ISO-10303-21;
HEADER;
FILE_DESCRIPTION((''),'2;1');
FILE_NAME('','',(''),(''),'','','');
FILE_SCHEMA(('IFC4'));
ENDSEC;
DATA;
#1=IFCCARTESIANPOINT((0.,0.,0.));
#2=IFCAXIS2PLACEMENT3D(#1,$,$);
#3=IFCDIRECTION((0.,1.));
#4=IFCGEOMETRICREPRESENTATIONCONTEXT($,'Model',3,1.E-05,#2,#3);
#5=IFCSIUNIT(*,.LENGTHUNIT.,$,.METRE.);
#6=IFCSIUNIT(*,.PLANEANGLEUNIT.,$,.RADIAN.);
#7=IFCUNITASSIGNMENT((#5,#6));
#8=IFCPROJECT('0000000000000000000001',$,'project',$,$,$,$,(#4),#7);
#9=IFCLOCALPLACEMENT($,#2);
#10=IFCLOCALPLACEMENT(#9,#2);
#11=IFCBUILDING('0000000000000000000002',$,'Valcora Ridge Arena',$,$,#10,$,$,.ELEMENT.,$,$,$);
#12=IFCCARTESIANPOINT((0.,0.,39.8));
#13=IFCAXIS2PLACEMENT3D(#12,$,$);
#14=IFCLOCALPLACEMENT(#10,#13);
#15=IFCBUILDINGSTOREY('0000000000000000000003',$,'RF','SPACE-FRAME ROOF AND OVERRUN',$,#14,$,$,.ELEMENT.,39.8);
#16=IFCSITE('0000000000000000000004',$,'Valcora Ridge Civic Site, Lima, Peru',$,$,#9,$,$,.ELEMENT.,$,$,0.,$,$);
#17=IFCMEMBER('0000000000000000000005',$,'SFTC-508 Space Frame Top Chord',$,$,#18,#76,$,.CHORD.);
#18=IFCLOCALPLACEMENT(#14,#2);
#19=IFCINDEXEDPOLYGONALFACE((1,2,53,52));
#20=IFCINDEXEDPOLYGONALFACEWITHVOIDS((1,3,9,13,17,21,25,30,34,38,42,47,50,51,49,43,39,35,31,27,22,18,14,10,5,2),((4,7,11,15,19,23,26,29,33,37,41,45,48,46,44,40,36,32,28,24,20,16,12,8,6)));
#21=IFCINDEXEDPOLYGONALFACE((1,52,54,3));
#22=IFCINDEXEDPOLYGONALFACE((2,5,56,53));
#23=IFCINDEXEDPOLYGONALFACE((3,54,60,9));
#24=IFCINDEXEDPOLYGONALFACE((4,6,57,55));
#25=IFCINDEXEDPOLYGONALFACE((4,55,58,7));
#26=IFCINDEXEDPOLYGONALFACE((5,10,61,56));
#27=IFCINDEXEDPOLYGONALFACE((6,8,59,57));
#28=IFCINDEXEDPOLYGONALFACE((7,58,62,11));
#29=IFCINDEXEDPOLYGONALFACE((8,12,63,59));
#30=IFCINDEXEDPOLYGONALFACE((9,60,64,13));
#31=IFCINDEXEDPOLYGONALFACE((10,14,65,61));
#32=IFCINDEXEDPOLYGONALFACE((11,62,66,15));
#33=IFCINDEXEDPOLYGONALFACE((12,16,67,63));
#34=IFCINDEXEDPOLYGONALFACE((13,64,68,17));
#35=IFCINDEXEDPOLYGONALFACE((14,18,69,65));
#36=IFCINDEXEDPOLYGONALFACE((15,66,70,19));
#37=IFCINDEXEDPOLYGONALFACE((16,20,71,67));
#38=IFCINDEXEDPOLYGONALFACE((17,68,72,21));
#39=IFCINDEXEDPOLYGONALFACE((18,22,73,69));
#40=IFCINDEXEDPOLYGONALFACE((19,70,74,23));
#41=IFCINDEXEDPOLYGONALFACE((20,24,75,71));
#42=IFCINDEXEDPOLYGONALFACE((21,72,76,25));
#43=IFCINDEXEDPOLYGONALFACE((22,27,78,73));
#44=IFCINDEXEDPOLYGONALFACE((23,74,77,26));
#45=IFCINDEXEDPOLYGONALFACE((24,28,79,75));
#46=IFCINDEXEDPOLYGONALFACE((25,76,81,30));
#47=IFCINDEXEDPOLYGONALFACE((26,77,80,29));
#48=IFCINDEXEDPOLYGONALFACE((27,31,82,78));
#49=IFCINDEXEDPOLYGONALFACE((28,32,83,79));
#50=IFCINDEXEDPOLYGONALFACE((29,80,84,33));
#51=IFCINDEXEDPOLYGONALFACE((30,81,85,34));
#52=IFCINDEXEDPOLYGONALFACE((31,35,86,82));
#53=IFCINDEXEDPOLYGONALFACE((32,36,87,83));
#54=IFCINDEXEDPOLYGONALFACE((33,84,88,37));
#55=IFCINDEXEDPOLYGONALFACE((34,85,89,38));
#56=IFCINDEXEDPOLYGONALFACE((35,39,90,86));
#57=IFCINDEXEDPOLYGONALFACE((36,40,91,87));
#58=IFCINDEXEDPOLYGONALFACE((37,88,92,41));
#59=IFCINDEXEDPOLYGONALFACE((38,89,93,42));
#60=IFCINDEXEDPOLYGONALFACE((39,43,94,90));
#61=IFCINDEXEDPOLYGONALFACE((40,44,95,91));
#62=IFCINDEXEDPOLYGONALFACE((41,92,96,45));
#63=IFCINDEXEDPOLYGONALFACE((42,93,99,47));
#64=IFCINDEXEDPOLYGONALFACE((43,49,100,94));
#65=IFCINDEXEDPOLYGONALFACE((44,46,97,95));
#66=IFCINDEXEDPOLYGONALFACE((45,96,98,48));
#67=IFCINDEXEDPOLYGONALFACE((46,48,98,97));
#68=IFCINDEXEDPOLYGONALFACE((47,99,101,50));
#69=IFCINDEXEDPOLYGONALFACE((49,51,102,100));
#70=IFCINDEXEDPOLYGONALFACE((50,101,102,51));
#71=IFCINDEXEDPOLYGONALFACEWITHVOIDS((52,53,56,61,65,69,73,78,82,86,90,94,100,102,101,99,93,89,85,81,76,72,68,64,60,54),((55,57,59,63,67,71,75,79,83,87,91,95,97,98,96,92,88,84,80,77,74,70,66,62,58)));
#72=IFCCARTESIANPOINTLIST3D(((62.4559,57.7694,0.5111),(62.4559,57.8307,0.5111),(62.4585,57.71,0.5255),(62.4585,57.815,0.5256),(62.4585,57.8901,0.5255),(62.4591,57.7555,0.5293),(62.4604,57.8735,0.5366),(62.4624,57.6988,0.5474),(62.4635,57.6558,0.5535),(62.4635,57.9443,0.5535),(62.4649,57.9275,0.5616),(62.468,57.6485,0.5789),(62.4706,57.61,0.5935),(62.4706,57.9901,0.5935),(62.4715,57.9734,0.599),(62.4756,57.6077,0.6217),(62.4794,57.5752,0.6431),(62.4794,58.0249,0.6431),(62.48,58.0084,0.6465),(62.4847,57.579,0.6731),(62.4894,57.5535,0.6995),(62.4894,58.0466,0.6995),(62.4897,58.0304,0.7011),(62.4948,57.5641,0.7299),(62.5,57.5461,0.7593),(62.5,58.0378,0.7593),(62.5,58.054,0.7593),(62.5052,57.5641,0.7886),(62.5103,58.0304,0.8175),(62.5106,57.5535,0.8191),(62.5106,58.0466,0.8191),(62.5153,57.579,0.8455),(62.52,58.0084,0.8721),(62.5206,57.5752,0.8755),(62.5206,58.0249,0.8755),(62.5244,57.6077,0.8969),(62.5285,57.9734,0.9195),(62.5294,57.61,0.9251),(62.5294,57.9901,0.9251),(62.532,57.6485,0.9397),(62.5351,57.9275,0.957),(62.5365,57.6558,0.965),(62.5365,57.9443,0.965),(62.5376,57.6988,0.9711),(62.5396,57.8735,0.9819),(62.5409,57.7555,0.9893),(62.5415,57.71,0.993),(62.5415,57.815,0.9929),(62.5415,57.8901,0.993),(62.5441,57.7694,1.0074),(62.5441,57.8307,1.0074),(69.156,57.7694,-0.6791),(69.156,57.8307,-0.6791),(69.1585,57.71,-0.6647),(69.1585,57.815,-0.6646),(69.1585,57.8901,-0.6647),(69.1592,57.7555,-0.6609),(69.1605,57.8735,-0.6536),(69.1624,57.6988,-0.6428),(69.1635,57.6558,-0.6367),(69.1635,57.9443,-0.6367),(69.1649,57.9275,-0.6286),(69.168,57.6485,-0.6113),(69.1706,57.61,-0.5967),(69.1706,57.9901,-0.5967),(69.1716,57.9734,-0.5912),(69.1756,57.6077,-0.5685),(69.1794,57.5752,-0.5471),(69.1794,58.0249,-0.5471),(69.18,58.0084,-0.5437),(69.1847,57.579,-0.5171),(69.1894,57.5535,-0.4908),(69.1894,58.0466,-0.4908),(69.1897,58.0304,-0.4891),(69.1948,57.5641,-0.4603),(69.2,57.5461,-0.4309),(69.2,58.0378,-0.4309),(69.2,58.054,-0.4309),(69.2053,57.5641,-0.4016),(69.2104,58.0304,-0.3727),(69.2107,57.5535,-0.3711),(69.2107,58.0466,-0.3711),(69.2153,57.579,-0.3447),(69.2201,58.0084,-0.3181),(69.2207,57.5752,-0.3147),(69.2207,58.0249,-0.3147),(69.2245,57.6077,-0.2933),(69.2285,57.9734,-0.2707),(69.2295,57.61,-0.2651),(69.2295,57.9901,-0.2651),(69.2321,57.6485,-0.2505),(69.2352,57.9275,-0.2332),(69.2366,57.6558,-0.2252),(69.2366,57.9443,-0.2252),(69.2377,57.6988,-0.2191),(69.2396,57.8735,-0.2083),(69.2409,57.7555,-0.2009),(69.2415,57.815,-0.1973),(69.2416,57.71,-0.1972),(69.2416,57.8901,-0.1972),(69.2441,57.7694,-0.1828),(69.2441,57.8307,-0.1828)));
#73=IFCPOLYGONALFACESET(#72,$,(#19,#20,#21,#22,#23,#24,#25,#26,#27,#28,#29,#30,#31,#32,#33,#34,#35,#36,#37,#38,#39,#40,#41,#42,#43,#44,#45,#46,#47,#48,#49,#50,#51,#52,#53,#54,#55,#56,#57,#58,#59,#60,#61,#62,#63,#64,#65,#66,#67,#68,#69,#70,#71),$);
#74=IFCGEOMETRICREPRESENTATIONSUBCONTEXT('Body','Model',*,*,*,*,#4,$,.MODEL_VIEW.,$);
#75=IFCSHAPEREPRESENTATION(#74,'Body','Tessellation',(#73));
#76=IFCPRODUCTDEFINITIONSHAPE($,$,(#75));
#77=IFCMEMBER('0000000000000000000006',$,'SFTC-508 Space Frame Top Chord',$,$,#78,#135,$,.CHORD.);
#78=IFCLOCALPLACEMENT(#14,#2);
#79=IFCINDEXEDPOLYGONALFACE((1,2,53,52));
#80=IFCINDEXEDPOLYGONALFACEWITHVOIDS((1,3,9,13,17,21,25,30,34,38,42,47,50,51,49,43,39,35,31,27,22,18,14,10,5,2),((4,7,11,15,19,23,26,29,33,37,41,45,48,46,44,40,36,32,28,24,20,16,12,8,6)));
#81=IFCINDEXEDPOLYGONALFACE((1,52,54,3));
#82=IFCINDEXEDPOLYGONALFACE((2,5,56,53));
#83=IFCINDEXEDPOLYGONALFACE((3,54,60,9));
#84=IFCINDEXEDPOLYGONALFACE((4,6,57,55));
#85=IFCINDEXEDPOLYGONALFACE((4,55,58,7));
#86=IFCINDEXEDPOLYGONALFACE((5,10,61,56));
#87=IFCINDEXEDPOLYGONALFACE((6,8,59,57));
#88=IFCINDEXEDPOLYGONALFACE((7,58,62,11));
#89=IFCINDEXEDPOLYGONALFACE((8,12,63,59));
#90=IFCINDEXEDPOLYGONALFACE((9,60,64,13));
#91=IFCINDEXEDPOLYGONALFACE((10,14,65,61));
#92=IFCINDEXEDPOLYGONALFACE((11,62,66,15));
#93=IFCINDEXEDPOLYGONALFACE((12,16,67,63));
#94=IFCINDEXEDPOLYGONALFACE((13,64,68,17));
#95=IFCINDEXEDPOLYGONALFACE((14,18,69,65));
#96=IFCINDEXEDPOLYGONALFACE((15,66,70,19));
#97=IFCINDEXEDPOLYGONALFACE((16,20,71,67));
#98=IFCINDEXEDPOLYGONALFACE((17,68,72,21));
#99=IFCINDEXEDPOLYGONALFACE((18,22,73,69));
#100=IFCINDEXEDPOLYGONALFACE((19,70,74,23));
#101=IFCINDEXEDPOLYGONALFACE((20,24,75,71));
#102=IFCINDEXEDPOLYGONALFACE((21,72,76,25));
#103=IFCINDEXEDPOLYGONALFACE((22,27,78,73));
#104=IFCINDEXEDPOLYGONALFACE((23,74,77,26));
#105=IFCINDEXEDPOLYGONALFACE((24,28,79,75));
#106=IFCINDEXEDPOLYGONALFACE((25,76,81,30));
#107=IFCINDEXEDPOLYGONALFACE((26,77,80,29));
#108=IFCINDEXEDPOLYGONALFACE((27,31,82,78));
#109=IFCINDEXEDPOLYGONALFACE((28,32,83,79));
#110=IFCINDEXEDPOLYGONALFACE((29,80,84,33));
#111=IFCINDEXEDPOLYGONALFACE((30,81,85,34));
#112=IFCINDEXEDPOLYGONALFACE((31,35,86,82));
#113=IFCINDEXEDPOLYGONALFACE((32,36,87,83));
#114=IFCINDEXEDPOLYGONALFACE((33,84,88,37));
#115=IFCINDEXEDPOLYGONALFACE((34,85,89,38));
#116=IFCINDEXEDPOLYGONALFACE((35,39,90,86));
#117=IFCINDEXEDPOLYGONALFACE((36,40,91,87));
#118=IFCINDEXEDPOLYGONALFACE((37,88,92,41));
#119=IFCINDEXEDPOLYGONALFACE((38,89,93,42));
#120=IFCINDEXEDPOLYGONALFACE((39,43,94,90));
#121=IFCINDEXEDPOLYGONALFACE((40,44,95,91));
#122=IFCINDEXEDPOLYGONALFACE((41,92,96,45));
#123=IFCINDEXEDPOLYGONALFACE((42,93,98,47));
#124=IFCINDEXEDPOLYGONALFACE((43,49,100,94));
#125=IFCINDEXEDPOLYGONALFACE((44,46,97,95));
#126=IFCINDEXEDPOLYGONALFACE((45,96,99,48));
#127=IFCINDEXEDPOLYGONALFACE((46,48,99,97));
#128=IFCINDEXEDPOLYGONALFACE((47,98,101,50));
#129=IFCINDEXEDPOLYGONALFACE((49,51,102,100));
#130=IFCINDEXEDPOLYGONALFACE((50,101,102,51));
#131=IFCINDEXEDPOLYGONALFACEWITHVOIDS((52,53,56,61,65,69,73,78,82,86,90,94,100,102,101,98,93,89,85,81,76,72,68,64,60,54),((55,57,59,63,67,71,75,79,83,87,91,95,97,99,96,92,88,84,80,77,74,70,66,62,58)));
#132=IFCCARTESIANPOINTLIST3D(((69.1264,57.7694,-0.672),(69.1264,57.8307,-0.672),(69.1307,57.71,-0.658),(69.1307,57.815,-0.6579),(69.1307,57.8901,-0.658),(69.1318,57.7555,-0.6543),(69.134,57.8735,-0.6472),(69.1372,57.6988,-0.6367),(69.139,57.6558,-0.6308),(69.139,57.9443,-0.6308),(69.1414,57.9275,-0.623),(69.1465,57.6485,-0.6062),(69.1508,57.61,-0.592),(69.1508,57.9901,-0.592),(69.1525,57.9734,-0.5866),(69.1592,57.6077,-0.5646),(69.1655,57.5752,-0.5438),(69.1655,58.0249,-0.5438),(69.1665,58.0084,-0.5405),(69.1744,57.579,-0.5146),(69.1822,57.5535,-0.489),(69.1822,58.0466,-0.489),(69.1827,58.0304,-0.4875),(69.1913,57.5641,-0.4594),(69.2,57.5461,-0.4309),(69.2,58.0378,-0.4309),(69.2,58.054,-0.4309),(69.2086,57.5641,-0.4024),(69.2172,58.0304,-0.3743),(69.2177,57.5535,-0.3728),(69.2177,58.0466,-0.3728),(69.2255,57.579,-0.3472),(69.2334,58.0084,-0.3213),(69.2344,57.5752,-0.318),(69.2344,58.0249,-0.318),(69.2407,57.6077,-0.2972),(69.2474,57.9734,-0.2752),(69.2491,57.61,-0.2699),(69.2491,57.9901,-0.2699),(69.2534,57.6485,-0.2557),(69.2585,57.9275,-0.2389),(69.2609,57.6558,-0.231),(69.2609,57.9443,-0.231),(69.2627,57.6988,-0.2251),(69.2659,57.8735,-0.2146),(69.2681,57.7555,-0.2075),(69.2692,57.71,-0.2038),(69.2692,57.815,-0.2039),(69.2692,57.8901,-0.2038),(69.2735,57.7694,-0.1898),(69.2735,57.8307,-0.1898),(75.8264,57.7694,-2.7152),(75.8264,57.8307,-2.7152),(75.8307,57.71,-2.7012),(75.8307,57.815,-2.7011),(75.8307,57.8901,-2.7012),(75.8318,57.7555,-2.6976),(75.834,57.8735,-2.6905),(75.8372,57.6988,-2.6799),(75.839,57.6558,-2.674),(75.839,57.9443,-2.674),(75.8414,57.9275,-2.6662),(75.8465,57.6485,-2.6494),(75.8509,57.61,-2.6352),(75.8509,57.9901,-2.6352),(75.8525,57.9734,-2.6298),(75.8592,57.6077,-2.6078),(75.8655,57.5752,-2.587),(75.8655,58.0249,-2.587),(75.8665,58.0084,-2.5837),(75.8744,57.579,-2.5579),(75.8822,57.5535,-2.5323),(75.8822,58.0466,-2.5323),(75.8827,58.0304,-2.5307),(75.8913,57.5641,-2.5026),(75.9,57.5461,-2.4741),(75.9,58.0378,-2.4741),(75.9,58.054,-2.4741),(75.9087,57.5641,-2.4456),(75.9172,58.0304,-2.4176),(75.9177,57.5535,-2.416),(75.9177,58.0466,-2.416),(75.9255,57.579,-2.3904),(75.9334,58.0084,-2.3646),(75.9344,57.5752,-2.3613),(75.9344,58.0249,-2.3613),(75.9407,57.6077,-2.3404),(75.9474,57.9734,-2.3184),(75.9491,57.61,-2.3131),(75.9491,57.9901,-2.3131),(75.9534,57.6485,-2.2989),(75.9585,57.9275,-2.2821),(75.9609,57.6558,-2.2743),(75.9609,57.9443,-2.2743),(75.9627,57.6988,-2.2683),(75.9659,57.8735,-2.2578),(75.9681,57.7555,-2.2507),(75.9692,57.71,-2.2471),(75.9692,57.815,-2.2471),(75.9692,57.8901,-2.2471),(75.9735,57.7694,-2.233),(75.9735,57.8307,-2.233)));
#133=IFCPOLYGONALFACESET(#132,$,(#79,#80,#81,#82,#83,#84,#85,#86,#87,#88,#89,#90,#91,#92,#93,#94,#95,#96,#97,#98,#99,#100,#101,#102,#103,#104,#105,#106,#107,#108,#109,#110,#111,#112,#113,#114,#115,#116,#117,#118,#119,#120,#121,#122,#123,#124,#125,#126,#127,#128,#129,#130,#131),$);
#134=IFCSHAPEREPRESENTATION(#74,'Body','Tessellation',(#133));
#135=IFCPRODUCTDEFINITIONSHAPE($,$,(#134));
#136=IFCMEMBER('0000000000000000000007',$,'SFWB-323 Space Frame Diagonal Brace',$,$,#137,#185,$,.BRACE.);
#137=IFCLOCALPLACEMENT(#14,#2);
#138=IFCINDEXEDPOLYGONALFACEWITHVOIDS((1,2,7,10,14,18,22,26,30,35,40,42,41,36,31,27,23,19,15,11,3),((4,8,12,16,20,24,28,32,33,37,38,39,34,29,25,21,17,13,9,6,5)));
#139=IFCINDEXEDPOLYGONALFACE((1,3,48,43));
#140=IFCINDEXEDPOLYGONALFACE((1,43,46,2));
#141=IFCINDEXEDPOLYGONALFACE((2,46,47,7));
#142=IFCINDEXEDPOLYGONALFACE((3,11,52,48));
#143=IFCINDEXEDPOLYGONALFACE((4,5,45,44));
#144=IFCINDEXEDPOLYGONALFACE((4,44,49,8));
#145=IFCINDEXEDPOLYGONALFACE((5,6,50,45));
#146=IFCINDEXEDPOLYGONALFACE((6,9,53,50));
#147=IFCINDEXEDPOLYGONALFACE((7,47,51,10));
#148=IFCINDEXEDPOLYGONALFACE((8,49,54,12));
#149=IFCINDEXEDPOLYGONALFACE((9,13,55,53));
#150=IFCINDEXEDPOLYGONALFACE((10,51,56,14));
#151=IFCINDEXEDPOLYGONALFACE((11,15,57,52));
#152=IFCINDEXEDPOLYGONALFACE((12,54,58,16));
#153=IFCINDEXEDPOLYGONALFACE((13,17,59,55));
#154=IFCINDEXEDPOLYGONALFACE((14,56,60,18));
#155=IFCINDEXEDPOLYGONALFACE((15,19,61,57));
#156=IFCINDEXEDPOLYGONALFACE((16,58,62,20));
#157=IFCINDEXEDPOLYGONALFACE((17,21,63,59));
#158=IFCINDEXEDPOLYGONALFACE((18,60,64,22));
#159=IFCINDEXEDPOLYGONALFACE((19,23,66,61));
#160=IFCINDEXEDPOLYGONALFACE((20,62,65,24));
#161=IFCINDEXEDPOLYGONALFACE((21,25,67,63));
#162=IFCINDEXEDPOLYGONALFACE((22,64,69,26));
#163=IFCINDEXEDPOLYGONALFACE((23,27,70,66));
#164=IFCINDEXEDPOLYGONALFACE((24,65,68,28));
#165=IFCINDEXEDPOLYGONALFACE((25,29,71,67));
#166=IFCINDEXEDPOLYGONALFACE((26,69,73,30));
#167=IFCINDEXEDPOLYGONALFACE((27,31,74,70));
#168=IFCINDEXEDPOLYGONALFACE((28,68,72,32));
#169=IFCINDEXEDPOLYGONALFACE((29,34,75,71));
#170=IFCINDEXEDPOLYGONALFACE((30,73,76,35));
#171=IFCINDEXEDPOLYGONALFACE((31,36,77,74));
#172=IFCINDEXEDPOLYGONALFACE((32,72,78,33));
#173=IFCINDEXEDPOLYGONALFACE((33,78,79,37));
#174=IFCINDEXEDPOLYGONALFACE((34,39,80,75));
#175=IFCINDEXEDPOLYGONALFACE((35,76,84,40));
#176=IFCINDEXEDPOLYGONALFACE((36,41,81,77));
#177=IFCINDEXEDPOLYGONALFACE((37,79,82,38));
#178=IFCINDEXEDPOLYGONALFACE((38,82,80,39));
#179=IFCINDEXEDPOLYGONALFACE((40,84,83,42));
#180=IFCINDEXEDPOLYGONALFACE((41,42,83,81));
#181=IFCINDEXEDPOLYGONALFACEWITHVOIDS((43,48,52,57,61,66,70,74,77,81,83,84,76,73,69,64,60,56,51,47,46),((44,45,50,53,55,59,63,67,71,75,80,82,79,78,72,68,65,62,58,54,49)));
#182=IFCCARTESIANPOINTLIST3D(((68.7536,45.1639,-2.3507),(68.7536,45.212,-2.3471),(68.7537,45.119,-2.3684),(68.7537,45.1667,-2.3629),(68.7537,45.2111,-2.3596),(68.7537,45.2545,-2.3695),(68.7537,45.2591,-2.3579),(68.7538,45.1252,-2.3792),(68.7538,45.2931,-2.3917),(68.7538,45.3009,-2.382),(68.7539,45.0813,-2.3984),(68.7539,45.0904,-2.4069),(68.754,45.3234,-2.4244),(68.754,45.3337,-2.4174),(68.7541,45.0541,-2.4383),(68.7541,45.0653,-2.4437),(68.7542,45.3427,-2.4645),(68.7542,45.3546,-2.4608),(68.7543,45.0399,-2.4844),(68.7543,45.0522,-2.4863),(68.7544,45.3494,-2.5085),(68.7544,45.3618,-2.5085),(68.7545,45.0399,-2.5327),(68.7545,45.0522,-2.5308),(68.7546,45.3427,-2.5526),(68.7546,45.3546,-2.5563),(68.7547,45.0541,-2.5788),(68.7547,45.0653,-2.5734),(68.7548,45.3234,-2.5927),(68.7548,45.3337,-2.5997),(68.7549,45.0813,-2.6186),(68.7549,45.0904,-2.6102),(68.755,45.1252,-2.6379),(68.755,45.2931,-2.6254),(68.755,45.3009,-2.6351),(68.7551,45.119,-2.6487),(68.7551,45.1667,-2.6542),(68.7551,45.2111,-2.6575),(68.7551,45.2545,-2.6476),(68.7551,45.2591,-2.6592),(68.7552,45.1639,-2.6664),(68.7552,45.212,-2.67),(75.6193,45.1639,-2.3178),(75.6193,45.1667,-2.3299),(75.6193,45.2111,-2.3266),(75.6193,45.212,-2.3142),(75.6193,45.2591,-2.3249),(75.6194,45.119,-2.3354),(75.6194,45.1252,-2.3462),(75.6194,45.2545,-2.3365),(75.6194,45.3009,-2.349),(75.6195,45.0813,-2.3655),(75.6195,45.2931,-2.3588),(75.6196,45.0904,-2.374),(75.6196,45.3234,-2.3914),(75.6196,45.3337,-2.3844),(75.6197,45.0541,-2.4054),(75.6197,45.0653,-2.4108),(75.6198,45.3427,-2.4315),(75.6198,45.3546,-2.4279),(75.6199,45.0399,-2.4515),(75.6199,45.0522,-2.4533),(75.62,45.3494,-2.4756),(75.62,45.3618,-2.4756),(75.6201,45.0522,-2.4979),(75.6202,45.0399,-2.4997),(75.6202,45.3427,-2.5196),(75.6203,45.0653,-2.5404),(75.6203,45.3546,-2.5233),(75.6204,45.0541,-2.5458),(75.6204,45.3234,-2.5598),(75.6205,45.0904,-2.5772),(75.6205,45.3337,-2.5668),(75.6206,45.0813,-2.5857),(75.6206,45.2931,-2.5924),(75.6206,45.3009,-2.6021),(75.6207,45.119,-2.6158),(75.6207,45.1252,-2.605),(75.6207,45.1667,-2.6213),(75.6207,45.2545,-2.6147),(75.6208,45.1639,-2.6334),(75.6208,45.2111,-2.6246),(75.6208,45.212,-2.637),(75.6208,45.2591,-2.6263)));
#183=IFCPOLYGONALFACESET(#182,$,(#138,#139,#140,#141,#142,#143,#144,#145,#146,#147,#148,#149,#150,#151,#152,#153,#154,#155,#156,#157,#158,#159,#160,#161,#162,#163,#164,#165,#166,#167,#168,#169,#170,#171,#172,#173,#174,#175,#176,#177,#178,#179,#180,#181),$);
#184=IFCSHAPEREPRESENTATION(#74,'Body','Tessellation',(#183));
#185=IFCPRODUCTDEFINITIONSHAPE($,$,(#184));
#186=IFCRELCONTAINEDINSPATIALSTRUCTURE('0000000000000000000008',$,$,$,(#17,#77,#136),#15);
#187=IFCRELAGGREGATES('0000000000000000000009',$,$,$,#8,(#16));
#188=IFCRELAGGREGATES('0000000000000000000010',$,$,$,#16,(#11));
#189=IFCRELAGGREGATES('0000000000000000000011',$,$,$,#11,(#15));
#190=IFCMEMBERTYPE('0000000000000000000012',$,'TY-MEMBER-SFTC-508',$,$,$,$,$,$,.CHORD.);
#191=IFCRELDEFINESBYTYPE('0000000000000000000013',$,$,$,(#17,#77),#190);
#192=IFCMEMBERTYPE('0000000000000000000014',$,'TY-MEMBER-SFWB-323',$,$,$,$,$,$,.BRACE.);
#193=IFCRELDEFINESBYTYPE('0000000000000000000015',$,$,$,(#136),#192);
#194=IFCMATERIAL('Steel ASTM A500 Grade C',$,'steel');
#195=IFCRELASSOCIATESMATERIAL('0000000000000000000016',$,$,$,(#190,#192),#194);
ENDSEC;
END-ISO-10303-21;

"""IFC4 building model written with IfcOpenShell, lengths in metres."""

from ifc_helpers import new_model, si_unit, direction, frame, origin, origin_2d, place, context, subcontext, project, spatial, hollow_circle, extrude, material, material_profile, profile_set, type_object, element, save


model = new_model("IFC4")

# Units and contexts
model_context = context("Model", 3, precision=1e-05, world=origin(), true_north=direction((0.0, 1.0)))
body_context = subcontext(model_context, "Body", "Model", "MODEL_VIEW")
ifc_project = project(units=[si_unit("LENGTHUNIT", "METRE"), si_unit("PLANEANGLEUNIT", "RADIAN")], contexts=[model_context])

# Site, building, storey
site_placement = place(None, origin())
site = spatial("IfcSite", under=ifc_project, at=site_placement, Name="Valcora Ridge Civic Site, Lima, Peru", CompositionType="ELEMENT", RefElevation=0.0)
building_placement = place(site_placement, origin())
building = spatial("IfcBuilding", under=site, at=building_placement, Name="Valcora Ridge Arena", CompositionType="ELEMENT")
storey_placement = place(building_placement, frame((0.0, 0.0, 39.8)))
storey = spatial("IfcBuildingStorey", under=building, at=storey_placement, Name="RF", Description="SPACE-FRAME ROOF AND OVERRUN", CompositionType="ELEMENT", Elevation=39.8)

# Members
ifc_material_1 = material(Name="Steel ASTM A500 Grade C", Category="steel")
ifc_material_profile_1 = material_profile(ifc_material_1, hollow_circle(Radius=0.2539, WallThickness=0.0161, at=origin_2d()), Name="CHS508X16")
ifc_profile_set_1 = profile_set([ifc_material_profile_1], Name="Steel ASTM A500 Grade C")
member_type_1 = type_object("IfcMemberType", Name="TY-MEMBER-SFTC-508", PredefinedType="CHORD", material=ifc_profile_set_1)
member_1_placement = place(storey_placement, frame((62.5, 57.8, 0.7593), z_axis=(0.984586, 0.0, -0.174903), x_axis=(0.0, 1.0, 0.0)))
element("IfcMember", 1, at=member_1_placement, inside=storey, type_object=member_type_1, Name="SFTC-508 Space Frame Top Chord", PredefinedType="CHORD", context=body_context, shape_type="SweptSolid", body=[
    extrude(hollow_circle(Radius=0.2539, WallThickness=0.0161, at=origin_2d()), origin(), (0.0, 0.0, 1.0), 6.8049),
])
member_2_placement = place(storey_placement, frame((69.2, 57.8, -0.4309), z_axis=(0.956511, 0.0, -0.291697), x_axis=(0.0, 1.0, 0.0)))
element("IfcMember", 2, at=member_2_placement, inside=storey, type_object=member_type_1, Name="SFTC-508 Space Frame Top Chord", PredefinedType="CHORD", context=body_context, shape_type="SweptSolid", body=[
    extrude(hollow_circle(Radius=0.2539, WallThickness=0.0161, at=origin_2d()), origin(), (0.0, 0.0, 1.0), 7.0046),
])
ifc_material_profile_2 = material_profile(ifc_material_1, hollow_circle(Radius=0.1619, WallThickness=0.0125, at=origin_2d()), Name="CHS323X12")
ifc_profile_set_2 = profile_set([ifc_material_profile_2], Name="Steel ASTM A500 Grade C")
member_type_2 = type_object("IfcMemberType", Name="TY-MEMBER-SFWB-323", PredefinedType="BRACE", material=ifc_profile_set_2)
for number, where, z_axis, x_axis, name in (
    (3, (68.7544, 45.2, -2.5085), (0.999988, 0.0, 0.0048), (0.0, 1.0, 0.0), "SFWB-323 Space Frame Diagonal Brace"),
):
    element("IfcMember", number, at=place(storey_placement, frame(where, z_axis=z_axis, x_axis=x_axis)), inside=storey, type_object=member_type_2, Name=name, PredefinedType="BRACE", context=body_context, shape_type="SweptSolid", body=[
        extrude(hollow_circle(Radius=0.1619, WallThickness=0.0125, at=origin_2d()), origin(), (0.0, 0.0, 1.0), 6.8657),
    ])

save(model, "model.ifc")
